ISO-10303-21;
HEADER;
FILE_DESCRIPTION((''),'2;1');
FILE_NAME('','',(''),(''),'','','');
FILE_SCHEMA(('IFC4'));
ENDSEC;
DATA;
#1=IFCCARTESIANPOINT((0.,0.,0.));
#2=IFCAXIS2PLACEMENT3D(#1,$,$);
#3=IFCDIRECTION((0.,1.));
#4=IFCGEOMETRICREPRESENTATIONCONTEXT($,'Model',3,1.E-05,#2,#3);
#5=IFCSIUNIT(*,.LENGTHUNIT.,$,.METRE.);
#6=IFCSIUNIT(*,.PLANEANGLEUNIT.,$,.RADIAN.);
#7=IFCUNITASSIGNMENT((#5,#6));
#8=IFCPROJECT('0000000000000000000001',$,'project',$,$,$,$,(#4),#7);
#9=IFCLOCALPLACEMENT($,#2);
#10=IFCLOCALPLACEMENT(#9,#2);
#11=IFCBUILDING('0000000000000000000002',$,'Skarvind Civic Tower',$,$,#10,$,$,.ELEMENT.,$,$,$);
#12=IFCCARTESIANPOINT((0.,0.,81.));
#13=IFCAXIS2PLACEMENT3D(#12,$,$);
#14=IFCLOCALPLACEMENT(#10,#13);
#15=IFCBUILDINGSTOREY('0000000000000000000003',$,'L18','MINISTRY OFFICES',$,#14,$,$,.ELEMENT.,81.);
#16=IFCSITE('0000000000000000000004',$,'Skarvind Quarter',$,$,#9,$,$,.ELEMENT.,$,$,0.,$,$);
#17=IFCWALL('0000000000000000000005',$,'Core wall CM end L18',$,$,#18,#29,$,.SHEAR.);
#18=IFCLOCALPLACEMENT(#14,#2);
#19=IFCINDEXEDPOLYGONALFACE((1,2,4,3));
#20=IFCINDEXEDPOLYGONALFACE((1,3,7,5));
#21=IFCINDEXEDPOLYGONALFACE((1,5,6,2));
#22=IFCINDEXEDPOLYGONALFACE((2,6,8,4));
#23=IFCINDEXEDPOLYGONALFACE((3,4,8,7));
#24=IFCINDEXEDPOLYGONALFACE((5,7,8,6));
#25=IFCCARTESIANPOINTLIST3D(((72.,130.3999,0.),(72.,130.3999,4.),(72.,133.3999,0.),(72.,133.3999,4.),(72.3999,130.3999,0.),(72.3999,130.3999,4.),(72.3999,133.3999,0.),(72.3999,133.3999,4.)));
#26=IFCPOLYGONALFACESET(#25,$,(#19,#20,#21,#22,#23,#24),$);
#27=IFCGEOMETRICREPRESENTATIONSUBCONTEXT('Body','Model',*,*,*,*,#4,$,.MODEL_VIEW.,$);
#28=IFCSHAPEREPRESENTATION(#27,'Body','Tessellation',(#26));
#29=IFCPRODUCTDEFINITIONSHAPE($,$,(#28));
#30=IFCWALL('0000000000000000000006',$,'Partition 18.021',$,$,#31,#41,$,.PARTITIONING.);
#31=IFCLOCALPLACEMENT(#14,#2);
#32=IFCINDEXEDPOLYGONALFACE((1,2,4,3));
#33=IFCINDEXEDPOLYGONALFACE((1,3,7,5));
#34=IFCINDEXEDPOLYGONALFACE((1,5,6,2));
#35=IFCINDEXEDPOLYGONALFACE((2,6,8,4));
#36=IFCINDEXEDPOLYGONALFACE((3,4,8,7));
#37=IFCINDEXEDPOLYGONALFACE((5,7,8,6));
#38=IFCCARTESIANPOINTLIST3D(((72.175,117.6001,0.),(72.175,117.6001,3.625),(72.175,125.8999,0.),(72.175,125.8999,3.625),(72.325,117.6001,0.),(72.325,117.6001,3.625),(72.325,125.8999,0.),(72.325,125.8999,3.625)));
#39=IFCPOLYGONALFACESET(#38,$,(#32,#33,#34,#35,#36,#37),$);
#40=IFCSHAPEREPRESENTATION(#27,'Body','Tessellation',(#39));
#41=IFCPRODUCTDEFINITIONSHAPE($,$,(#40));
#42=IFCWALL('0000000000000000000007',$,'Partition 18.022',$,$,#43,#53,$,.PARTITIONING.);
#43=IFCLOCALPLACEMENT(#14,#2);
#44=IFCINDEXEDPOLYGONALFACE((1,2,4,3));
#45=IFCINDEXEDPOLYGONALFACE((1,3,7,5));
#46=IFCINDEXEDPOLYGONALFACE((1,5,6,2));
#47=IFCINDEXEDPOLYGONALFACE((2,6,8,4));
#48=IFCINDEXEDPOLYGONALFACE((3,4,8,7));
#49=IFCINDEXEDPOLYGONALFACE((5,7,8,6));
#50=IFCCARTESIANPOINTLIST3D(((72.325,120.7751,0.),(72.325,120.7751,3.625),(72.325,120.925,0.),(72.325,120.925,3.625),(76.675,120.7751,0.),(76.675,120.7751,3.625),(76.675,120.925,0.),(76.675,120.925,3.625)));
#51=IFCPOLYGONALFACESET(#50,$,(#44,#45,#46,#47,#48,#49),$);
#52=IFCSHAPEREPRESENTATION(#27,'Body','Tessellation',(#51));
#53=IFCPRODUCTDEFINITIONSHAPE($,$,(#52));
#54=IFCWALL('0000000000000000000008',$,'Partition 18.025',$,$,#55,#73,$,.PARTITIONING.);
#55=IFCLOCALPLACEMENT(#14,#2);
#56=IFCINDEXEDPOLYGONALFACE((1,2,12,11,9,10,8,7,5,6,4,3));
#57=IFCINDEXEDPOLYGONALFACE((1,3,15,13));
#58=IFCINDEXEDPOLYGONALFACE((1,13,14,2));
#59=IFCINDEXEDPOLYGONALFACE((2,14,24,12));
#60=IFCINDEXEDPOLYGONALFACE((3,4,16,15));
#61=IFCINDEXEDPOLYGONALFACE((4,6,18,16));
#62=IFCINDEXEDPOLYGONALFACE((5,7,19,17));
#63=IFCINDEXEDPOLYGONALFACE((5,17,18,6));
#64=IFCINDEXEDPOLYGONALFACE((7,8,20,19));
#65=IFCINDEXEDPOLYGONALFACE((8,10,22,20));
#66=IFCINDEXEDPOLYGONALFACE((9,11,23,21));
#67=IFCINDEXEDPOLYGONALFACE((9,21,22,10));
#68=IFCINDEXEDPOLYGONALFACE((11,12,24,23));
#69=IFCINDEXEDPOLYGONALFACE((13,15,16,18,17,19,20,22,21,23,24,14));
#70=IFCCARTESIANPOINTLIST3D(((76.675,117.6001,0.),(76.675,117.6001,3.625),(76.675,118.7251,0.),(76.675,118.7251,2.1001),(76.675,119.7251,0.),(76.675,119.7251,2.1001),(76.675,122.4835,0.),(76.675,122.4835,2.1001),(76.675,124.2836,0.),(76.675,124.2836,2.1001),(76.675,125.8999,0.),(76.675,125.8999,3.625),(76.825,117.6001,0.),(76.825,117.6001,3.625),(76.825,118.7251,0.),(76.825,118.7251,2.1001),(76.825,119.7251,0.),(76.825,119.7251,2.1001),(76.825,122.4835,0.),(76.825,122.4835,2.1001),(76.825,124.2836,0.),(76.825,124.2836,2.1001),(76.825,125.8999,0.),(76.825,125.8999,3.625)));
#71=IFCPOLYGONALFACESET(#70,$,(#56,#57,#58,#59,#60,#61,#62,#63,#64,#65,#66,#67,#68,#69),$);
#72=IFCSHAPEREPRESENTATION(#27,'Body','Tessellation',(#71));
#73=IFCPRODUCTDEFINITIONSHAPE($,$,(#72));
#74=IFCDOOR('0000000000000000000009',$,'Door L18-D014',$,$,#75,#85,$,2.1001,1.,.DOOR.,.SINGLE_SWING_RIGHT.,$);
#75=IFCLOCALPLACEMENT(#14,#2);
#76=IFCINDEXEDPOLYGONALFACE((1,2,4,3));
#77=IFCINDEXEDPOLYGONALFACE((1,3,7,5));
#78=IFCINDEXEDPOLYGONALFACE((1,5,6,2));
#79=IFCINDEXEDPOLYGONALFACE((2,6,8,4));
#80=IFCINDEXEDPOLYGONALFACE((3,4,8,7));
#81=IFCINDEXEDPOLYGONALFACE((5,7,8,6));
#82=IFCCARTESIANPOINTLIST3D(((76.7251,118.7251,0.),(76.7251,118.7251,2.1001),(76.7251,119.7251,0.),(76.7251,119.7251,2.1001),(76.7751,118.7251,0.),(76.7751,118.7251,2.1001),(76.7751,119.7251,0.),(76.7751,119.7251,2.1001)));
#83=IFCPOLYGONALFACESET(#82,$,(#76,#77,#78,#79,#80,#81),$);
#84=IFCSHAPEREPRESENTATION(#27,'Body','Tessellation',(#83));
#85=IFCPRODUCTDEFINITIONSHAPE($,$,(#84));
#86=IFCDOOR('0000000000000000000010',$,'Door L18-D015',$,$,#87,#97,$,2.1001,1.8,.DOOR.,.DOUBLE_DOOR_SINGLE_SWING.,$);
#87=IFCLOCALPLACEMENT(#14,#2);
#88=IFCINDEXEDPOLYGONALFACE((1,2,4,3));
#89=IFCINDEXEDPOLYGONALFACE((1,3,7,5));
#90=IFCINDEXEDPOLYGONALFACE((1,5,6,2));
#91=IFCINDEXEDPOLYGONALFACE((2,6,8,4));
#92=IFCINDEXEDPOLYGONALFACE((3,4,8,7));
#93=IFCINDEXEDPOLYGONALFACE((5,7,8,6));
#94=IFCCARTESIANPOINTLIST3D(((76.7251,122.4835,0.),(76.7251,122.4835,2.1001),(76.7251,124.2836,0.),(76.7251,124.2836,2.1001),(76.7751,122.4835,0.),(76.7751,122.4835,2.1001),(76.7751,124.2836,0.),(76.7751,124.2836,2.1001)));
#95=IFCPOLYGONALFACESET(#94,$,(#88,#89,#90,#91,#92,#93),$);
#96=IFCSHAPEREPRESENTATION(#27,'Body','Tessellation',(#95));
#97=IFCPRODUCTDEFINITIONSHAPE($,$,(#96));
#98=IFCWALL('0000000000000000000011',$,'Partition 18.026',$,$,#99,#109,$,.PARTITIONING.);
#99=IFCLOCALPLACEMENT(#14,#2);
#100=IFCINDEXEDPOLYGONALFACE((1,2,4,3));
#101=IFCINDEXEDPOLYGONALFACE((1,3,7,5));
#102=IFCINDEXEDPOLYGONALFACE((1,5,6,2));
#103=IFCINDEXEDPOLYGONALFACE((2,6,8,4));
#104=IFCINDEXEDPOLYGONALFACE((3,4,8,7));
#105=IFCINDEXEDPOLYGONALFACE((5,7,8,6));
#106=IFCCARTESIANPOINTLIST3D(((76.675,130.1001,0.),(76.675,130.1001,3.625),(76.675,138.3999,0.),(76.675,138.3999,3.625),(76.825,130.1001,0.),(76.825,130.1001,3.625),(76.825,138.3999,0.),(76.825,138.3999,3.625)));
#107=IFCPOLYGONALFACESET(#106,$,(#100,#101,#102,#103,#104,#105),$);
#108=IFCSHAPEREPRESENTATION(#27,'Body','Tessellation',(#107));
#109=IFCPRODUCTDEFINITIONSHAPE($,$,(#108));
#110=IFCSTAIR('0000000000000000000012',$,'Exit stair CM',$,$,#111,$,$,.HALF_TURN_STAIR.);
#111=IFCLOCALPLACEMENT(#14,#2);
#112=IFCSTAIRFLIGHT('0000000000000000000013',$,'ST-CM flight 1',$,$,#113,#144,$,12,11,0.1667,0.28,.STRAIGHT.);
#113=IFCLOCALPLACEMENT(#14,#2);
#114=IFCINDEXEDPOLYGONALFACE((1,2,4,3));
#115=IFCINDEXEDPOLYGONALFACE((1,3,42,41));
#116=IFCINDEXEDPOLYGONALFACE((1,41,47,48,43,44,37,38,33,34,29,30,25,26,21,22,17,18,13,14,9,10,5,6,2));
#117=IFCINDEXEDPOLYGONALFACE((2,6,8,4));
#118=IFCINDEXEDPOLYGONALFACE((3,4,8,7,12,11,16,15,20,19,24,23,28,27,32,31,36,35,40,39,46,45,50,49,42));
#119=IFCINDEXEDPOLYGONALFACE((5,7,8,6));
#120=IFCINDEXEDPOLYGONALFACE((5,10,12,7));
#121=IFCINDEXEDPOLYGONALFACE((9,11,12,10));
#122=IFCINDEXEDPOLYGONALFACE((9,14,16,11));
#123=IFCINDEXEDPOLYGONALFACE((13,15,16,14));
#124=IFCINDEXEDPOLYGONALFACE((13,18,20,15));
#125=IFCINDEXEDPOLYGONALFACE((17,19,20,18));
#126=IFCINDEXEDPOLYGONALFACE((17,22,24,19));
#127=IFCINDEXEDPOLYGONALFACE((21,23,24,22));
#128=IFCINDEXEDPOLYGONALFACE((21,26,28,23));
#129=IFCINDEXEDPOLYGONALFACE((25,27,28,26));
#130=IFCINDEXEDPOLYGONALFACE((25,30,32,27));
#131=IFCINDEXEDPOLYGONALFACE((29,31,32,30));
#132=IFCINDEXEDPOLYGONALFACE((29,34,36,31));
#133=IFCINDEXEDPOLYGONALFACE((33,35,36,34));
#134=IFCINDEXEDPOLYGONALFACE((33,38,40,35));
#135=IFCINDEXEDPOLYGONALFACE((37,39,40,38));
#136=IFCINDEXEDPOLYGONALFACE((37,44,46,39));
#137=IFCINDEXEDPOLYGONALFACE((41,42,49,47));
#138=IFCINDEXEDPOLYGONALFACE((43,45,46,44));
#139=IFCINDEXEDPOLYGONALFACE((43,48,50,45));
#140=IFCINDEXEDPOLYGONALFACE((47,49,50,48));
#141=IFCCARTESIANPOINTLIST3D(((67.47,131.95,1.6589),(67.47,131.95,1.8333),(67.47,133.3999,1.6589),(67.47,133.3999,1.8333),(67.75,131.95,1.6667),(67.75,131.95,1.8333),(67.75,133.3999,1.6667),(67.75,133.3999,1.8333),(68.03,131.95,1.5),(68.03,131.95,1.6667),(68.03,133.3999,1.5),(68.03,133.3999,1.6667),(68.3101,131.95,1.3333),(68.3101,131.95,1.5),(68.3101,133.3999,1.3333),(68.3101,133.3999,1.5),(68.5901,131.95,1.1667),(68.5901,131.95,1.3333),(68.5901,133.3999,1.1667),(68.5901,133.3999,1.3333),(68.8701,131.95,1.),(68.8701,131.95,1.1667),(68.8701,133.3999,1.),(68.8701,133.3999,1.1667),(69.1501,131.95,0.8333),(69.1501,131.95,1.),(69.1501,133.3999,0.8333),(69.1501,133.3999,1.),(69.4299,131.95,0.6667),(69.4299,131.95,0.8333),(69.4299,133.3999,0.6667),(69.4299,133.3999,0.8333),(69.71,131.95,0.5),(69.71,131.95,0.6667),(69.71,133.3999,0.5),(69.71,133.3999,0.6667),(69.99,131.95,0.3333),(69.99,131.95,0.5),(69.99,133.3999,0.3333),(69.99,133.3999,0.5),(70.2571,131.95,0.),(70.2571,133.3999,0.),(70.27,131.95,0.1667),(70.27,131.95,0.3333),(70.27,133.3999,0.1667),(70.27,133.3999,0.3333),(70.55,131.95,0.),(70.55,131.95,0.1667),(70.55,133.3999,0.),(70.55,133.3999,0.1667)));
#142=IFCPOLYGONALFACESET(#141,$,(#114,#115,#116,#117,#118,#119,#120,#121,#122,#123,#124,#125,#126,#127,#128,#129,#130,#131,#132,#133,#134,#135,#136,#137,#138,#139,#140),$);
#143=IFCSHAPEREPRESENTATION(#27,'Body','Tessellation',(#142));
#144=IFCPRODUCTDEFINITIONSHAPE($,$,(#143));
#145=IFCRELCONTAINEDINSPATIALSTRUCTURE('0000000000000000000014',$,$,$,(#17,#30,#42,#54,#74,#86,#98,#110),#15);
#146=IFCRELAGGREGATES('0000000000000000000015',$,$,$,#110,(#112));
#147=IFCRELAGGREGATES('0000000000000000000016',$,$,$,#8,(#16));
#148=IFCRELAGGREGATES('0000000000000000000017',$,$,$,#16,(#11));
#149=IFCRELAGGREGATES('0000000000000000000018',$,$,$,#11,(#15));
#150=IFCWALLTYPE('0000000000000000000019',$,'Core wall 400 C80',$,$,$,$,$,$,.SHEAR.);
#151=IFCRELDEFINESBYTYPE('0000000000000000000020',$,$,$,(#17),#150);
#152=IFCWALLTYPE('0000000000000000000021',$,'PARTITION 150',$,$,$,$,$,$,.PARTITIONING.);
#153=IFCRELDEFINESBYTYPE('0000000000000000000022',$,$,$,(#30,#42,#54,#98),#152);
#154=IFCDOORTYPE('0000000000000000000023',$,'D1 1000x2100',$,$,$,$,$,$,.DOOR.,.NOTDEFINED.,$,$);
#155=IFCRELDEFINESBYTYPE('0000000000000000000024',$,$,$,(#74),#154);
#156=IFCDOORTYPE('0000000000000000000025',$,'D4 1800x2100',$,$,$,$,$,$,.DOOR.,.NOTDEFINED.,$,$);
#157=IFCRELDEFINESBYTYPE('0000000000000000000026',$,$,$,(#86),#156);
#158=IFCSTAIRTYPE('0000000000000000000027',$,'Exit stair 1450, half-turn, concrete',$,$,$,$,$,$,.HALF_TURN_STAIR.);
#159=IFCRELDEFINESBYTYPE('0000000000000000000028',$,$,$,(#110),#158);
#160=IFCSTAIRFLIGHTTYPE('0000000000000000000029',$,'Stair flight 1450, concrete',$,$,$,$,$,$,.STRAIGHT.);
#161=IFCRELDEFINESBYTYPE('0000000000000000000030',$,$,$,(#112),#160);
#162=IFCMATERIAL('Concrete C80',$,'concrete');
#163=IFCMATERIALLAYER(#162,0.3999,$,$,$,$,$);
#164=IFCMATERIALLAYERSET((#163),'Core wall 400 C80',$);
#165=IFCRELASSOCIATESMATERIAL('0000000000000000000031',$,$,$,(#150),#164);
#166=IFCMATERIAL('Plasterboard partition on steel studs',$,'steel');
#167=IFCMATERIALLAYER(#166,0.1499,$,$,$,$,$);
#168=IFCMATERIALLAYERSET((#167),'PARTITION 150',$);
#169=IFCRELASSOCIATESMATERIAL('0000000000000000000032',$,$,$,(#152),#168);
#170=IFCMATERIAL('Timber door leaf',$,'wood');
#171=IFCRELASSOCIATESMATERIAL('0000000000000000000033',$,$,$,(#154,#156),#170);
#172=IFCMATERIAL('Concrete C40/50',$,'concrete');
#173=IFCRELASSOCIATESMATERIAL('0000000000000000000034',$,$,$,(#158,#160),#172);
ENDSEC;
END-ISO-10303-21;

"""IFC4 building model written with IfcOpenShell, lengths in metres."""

from ifc_helpers import new_model, si_unit, direction, frame, frame_2d, origin, place, context, subcontext, project, spatial, polyline, rectangle, outline, extrude, material, layer, layer_set, type_object, element, fill, aggregate, save


model = new_model("IFC4")

# Units and contexts
model_context = context("Model", 3, precision=1e-05, world=origin(), true_north=direction((0.0, 1.0)))
body_context = subcontext(model_context, "Body", "Model", "MODEL_VIEW")
ifc_project = project(units=[si_unit("LENGTHUNIT", "METRE"), si_unit("PLANEANGLEUNIT", "RADIAN")], contexts=[model_context])

# Site, building, storey
site_placement = place(None, origin())
site = spatial("IfcSite", under=ifc_project, at=site_placement, Name="Skarvind Quarter", CompositionType="ELEMENT", RefElevation=0.0)
building_placement = place(site_placement, origin())
building = spatial("IfcBuilding", under=site, at=building_placement, Name="Skarvind Civic Tower", CompositionType="ELEMENT")
storey_placement = place(building_placement, frame((0.0, 0.0, 81.0)))
storey = spatial("IfcBuildingStorey", under=building, at=storey_placement, Name="L18", Description="MINISTRY OFFICES", CompositionType="ELEMENT", Elevation=81.0)

# Shared definitions
ifc_material_1 = material(Name="Concrete C80", Category="concrete")

# Shared definitions
ifc_material_2 = material(Name="Timber door leaf", Category="wood")

# Walls
ifc_layer_1 = layer(ifc_material_1, 0.3999)
ifc_layer_set_1 = layer_set([ifc_layer_1], Name="Core wall 400 C80")
wall_type_1 = type_object("IfcWallType", Name="Core wall 400 C80", PredefinedType="SHEAR", material=ifc_layer_set_1)
wall_1_placement = place(storey_placement, frame((72.2, 130.3999, 0.0), z_axis=(0.0, 0.0, 1.0), x_axis=(0.0, 1.0, 0.0)))
element("IfcWall", 1, at=wall_1_placement, inside=storey, type_object=wall_type_1, Name="Core wall CM end L18", PredefinedType="SHEAR", context=body_context, shape_type="SweptSolid", body=[
    extrude(rectangle(XDim=3.0, YDim=0.3999, at=frame_2d((1.5, 0.0))), origin(), (0.0, 0.0, 1.0), 4.0),
])
ifc_material_3 = material(Name="Plasterboard partition on steel studs", Category="steel")
ifc_layer_2 = layer(ifc_material_3, 0.1499)
ifc_layer_set_2 = layer_set([ifc_layer_2], Name="PARTITION 150")
wall_type_2 = type_object("IfcWallType", Name="PARTITION 150", PredefinedType="PARTITIONING", material=ifc_layer_set_2)
wall_2_placement = place(storey_placement, frame((72.25, 117.6001, 0.0), z_axis=(0.0, 0.0, 1.0), x_axis=(0.0, 1.0, 0.0)))
element("IfcWall", 2, at=wall_2_placement, inside=storey, type_object=wall_type_2, Name="Partition 18.021", PredefinedType="PARTITIONING", context=body_context, shape_type="SweptSolid", body=[
    extrude(rectangle(XDim=8.2998, YDim=0.1499, at=frame_2d((4.1499, 0.0))), origin(), (0.0, 0.0, 1.0), 3.625),
])
wall_3_placement = place(storey_placement, frame((72.325, 120.8501, 0.0), z_axis=(0.0, 0.0, 1.0), x_axis=(1.0, 0.0, 0.0)))
element("IfcWall", 3, at=wall_3_placement, inside=storey, type_object=wall_type_2, Name="Partition 18.022", PredefinedType="PARTITIONING", context=body_context, shape_type="SweptSolid", body=[
    extrude(rectangle(XDim=4.3501, YDim=0.1499, at=frame_2d((2.175, 0.0))), origin(), (0.0, 0.0, 1.0), 3.625),
])

# Wall, openings, doors
wall_4_placement = place(storey_placement, frame((76.75, 117.6001, 0.0), z_axis=(0.0, 0.0, 1.0), x_axis=(0.0, 1.0, 0.0)))
wall_4 = element("IfcWall", 4, at=wall_4_placement, inside=storey, type_object=wall_type_2, Name="Partition 18.025", PredefinedType="PARTITIONING", context=body_context, shape_type="SweptSolid", body=[
    extrude(rectangle(XDim=8.2998, YDim=0.1499, at=frame_2d((4.1499, 0.0))), origin(), (0.0, 0.0, 1.0), 3.625),
])
opening_1_placement = place(wall_4_placement, frame((1.125, 0.0, 0.0)))
opening_1 = element("IfcOpeningElement", 5, at=opening_1_placement, cuts=wall_4, PredefinedType="OPENING", context=body_context, shape_type="SweptSolid", body=[
    extrude(rectangle(XDim=1.0, YDim=2.1001, at=frame_2d((0.5, 1.05))), frame((0.0, 0.085, 0.0), z_axis=(0.0, -1.0, 0.0), x_axis=(1.0, 0.0, 0.0)), (0.0, 0.0, 1.0), 0.1699),
])
opening_2_placement = place(wall_4_placement, frame((4.8835, 0.0, 0.0)))
opening_2 = element("IfcOpeningElement", 6, at=opening_2_placement, cuts=wall_4, PredefinedType="OPENING", context=body_context, shape_type="SweptSolid", body=[
    extrude(rectangle(XDim=1.8, YDim=2.1001, at=frame_2d((0.8999, 1.05))), frame((0.0, 0.085, 0.0), z_axis=(0.0, -1.0, 0.0), x_axis=(1.0, 0.0, 0.0)), (0.0, 0.0, 1.0), 0.1699),
])
door_type_1 = type_object("IfcDoorType", Name="D1 1000x2100", OperationType="NOTDEFINED", PredefinedType="DOOR", material=ifc_material_2)
door_1_placement = place(opening_1_placement, origin())
door_1 = element("IfcDoor", 7, at=door_1_placement, inside=storey, type_object=door_type_1, Name="Door L18-D014", OperationType="SINGLE_SWING_RIGHT", OverallHeight=2.1001, OverallWidth=1.0, PredefinedType="DOOR", context=body_context, shape_type="SweptSolid", body=[
    extrude(rectangle(XDim=1.0, YDim=2.1001, at=frame_2d((0.5, 1.05))), frame((0.0, 0.0249, 0.0), z_axis=(0.0, -1.0, 0.0), x_axis=(1.0, 0.0, 0.0)), (0.0, 0.0, 1.0), 0.05),
])
fill(opening_1, door_1)
door_type_2 = type_object("IfcDoorType", Name="D4 1800x2100", OperationType="NOTDEFINED", PredefinedType="DOOR", material=ifc_material_2)
door_2_placement = place(opening_2_placement, origin())
door_2 = element("IfcDoor", 8, at=door_2_placement, inside=storey, type_object=door_type_2, Name="Door L18-D015", OperationType="DOUBLE_DOOR_SINGLE_SWING", OverallHeight=2.1001, OverallWidth=1.8, PredefinedType="DOOR", context=body_context, shape_type="SweptSolid", body=[
    extrude(rectangle(XDim=1.8, YDim=2.1001, at=frame_2d((0.8999, 1.05))), frame((0.0, 0.0249, 0.0), z_axis=(0.0, -1.0, 0.0), x_axis=(1.0, 0.0, 0.0)), (0.0, 0.0, 1.0), 0.05),
])
fill(opening_2, door_2)

# Wall
wall_5_placement = place(storey_placement, frame((76.75, 130.1001, 0.0), z_axis=(0.0, 0.0, 1.0), x_axis=(0.0, 1.0, 0.0)))
element("IfcWall", 9, at=wall_5_placement, inside=storey, type_object=wall_type_2, Name="Partition 18.026", PredefinedType="PARTITIONING", context=body_context, shape_type="SweptSolid", body=[
    extrude(rectangle(XDim=8.2998, YDim=0.1499, at=frame_2d((4.1499, 0.0))), origin(), (0.0, 0.0, 1.0), 3.625),
])

# Stair, stair flight
ifc_material_4 = material(Name="Concrete C40/50", Category="concrete")
stair_type = type_object("IfcStairType", Name="Exit stair 1450, half-turn, concrete", PredefinedType="HALF_TURN_STAIR", material=ifc_material_4)
stair_placement = place(storey_placement, origin())
stair = element("IfcStair", 10, at=stair_placement, inside=storey, type_object=stair_type, Name="Exit stair CM", PredefinedType="HALF_TURN_STAIR")
stair_flight_type = type_object("IfcStairFlightType", Name="Stair flight 1450, concrete", PredefinedType="STRAIGHT", material=ifc_material_4)
stair_flight_placement = place(storey_placement, frame((70.55, 132.675, 0.0), z_axis=(0.0, 0.0, 1.0), x_axis=(-1.0, 0.0, 0.0)))
stair_flight = element("IfcStairFlight", 11, at=stair_flight_placement, type_object=stair_flight_type, Name="ST-CM flight 1", NumberOfRisers=12, NumberOfTreads=11, PredefinedType="STRAIGHT", RiserHeight=0.1667, TreadLength=0.28, context=body_context, shape_type="SweptSolid", body=[
    extrude(outline(polyline([(0.0, 0.0), (0.0, 0.1667), (0.28, 0.1667), (0.28, 0.3333), (0.5601, 0.3333), (0.5601, 0.5), (0.8401, 0.5), (0.8401, 0.6667), (1.1201, 0.6667), (1.1201, 0.8333), (1.3999, 0.8333), (1.3999, 1.0), (1.6799, 1.0), (1.6799, 1.1667), (1.96, 1.1667), (1.96, 1.3333), (2.24, 1.3333), (2.24, 1.5), (2.52, 1.5), (2.52, 1.6667), (2.8, 1.6667), (2.8, 1.8333), (3.0801, 1.8333), (3.0801, 2.0), (3.0801, 1.6589), (0.293, 0.0), (0.0, 0.0)])), frame((0.0, 0.7251, 0.0), z_axis=(0.0, -1.0, 0.0), x_axis=(1.0, 0.0, 0.0)), (0.0, 0.0, 1.0), 1.45),
])
aggregate(stair, [stair_flight])

save(model, "model.ifc")
